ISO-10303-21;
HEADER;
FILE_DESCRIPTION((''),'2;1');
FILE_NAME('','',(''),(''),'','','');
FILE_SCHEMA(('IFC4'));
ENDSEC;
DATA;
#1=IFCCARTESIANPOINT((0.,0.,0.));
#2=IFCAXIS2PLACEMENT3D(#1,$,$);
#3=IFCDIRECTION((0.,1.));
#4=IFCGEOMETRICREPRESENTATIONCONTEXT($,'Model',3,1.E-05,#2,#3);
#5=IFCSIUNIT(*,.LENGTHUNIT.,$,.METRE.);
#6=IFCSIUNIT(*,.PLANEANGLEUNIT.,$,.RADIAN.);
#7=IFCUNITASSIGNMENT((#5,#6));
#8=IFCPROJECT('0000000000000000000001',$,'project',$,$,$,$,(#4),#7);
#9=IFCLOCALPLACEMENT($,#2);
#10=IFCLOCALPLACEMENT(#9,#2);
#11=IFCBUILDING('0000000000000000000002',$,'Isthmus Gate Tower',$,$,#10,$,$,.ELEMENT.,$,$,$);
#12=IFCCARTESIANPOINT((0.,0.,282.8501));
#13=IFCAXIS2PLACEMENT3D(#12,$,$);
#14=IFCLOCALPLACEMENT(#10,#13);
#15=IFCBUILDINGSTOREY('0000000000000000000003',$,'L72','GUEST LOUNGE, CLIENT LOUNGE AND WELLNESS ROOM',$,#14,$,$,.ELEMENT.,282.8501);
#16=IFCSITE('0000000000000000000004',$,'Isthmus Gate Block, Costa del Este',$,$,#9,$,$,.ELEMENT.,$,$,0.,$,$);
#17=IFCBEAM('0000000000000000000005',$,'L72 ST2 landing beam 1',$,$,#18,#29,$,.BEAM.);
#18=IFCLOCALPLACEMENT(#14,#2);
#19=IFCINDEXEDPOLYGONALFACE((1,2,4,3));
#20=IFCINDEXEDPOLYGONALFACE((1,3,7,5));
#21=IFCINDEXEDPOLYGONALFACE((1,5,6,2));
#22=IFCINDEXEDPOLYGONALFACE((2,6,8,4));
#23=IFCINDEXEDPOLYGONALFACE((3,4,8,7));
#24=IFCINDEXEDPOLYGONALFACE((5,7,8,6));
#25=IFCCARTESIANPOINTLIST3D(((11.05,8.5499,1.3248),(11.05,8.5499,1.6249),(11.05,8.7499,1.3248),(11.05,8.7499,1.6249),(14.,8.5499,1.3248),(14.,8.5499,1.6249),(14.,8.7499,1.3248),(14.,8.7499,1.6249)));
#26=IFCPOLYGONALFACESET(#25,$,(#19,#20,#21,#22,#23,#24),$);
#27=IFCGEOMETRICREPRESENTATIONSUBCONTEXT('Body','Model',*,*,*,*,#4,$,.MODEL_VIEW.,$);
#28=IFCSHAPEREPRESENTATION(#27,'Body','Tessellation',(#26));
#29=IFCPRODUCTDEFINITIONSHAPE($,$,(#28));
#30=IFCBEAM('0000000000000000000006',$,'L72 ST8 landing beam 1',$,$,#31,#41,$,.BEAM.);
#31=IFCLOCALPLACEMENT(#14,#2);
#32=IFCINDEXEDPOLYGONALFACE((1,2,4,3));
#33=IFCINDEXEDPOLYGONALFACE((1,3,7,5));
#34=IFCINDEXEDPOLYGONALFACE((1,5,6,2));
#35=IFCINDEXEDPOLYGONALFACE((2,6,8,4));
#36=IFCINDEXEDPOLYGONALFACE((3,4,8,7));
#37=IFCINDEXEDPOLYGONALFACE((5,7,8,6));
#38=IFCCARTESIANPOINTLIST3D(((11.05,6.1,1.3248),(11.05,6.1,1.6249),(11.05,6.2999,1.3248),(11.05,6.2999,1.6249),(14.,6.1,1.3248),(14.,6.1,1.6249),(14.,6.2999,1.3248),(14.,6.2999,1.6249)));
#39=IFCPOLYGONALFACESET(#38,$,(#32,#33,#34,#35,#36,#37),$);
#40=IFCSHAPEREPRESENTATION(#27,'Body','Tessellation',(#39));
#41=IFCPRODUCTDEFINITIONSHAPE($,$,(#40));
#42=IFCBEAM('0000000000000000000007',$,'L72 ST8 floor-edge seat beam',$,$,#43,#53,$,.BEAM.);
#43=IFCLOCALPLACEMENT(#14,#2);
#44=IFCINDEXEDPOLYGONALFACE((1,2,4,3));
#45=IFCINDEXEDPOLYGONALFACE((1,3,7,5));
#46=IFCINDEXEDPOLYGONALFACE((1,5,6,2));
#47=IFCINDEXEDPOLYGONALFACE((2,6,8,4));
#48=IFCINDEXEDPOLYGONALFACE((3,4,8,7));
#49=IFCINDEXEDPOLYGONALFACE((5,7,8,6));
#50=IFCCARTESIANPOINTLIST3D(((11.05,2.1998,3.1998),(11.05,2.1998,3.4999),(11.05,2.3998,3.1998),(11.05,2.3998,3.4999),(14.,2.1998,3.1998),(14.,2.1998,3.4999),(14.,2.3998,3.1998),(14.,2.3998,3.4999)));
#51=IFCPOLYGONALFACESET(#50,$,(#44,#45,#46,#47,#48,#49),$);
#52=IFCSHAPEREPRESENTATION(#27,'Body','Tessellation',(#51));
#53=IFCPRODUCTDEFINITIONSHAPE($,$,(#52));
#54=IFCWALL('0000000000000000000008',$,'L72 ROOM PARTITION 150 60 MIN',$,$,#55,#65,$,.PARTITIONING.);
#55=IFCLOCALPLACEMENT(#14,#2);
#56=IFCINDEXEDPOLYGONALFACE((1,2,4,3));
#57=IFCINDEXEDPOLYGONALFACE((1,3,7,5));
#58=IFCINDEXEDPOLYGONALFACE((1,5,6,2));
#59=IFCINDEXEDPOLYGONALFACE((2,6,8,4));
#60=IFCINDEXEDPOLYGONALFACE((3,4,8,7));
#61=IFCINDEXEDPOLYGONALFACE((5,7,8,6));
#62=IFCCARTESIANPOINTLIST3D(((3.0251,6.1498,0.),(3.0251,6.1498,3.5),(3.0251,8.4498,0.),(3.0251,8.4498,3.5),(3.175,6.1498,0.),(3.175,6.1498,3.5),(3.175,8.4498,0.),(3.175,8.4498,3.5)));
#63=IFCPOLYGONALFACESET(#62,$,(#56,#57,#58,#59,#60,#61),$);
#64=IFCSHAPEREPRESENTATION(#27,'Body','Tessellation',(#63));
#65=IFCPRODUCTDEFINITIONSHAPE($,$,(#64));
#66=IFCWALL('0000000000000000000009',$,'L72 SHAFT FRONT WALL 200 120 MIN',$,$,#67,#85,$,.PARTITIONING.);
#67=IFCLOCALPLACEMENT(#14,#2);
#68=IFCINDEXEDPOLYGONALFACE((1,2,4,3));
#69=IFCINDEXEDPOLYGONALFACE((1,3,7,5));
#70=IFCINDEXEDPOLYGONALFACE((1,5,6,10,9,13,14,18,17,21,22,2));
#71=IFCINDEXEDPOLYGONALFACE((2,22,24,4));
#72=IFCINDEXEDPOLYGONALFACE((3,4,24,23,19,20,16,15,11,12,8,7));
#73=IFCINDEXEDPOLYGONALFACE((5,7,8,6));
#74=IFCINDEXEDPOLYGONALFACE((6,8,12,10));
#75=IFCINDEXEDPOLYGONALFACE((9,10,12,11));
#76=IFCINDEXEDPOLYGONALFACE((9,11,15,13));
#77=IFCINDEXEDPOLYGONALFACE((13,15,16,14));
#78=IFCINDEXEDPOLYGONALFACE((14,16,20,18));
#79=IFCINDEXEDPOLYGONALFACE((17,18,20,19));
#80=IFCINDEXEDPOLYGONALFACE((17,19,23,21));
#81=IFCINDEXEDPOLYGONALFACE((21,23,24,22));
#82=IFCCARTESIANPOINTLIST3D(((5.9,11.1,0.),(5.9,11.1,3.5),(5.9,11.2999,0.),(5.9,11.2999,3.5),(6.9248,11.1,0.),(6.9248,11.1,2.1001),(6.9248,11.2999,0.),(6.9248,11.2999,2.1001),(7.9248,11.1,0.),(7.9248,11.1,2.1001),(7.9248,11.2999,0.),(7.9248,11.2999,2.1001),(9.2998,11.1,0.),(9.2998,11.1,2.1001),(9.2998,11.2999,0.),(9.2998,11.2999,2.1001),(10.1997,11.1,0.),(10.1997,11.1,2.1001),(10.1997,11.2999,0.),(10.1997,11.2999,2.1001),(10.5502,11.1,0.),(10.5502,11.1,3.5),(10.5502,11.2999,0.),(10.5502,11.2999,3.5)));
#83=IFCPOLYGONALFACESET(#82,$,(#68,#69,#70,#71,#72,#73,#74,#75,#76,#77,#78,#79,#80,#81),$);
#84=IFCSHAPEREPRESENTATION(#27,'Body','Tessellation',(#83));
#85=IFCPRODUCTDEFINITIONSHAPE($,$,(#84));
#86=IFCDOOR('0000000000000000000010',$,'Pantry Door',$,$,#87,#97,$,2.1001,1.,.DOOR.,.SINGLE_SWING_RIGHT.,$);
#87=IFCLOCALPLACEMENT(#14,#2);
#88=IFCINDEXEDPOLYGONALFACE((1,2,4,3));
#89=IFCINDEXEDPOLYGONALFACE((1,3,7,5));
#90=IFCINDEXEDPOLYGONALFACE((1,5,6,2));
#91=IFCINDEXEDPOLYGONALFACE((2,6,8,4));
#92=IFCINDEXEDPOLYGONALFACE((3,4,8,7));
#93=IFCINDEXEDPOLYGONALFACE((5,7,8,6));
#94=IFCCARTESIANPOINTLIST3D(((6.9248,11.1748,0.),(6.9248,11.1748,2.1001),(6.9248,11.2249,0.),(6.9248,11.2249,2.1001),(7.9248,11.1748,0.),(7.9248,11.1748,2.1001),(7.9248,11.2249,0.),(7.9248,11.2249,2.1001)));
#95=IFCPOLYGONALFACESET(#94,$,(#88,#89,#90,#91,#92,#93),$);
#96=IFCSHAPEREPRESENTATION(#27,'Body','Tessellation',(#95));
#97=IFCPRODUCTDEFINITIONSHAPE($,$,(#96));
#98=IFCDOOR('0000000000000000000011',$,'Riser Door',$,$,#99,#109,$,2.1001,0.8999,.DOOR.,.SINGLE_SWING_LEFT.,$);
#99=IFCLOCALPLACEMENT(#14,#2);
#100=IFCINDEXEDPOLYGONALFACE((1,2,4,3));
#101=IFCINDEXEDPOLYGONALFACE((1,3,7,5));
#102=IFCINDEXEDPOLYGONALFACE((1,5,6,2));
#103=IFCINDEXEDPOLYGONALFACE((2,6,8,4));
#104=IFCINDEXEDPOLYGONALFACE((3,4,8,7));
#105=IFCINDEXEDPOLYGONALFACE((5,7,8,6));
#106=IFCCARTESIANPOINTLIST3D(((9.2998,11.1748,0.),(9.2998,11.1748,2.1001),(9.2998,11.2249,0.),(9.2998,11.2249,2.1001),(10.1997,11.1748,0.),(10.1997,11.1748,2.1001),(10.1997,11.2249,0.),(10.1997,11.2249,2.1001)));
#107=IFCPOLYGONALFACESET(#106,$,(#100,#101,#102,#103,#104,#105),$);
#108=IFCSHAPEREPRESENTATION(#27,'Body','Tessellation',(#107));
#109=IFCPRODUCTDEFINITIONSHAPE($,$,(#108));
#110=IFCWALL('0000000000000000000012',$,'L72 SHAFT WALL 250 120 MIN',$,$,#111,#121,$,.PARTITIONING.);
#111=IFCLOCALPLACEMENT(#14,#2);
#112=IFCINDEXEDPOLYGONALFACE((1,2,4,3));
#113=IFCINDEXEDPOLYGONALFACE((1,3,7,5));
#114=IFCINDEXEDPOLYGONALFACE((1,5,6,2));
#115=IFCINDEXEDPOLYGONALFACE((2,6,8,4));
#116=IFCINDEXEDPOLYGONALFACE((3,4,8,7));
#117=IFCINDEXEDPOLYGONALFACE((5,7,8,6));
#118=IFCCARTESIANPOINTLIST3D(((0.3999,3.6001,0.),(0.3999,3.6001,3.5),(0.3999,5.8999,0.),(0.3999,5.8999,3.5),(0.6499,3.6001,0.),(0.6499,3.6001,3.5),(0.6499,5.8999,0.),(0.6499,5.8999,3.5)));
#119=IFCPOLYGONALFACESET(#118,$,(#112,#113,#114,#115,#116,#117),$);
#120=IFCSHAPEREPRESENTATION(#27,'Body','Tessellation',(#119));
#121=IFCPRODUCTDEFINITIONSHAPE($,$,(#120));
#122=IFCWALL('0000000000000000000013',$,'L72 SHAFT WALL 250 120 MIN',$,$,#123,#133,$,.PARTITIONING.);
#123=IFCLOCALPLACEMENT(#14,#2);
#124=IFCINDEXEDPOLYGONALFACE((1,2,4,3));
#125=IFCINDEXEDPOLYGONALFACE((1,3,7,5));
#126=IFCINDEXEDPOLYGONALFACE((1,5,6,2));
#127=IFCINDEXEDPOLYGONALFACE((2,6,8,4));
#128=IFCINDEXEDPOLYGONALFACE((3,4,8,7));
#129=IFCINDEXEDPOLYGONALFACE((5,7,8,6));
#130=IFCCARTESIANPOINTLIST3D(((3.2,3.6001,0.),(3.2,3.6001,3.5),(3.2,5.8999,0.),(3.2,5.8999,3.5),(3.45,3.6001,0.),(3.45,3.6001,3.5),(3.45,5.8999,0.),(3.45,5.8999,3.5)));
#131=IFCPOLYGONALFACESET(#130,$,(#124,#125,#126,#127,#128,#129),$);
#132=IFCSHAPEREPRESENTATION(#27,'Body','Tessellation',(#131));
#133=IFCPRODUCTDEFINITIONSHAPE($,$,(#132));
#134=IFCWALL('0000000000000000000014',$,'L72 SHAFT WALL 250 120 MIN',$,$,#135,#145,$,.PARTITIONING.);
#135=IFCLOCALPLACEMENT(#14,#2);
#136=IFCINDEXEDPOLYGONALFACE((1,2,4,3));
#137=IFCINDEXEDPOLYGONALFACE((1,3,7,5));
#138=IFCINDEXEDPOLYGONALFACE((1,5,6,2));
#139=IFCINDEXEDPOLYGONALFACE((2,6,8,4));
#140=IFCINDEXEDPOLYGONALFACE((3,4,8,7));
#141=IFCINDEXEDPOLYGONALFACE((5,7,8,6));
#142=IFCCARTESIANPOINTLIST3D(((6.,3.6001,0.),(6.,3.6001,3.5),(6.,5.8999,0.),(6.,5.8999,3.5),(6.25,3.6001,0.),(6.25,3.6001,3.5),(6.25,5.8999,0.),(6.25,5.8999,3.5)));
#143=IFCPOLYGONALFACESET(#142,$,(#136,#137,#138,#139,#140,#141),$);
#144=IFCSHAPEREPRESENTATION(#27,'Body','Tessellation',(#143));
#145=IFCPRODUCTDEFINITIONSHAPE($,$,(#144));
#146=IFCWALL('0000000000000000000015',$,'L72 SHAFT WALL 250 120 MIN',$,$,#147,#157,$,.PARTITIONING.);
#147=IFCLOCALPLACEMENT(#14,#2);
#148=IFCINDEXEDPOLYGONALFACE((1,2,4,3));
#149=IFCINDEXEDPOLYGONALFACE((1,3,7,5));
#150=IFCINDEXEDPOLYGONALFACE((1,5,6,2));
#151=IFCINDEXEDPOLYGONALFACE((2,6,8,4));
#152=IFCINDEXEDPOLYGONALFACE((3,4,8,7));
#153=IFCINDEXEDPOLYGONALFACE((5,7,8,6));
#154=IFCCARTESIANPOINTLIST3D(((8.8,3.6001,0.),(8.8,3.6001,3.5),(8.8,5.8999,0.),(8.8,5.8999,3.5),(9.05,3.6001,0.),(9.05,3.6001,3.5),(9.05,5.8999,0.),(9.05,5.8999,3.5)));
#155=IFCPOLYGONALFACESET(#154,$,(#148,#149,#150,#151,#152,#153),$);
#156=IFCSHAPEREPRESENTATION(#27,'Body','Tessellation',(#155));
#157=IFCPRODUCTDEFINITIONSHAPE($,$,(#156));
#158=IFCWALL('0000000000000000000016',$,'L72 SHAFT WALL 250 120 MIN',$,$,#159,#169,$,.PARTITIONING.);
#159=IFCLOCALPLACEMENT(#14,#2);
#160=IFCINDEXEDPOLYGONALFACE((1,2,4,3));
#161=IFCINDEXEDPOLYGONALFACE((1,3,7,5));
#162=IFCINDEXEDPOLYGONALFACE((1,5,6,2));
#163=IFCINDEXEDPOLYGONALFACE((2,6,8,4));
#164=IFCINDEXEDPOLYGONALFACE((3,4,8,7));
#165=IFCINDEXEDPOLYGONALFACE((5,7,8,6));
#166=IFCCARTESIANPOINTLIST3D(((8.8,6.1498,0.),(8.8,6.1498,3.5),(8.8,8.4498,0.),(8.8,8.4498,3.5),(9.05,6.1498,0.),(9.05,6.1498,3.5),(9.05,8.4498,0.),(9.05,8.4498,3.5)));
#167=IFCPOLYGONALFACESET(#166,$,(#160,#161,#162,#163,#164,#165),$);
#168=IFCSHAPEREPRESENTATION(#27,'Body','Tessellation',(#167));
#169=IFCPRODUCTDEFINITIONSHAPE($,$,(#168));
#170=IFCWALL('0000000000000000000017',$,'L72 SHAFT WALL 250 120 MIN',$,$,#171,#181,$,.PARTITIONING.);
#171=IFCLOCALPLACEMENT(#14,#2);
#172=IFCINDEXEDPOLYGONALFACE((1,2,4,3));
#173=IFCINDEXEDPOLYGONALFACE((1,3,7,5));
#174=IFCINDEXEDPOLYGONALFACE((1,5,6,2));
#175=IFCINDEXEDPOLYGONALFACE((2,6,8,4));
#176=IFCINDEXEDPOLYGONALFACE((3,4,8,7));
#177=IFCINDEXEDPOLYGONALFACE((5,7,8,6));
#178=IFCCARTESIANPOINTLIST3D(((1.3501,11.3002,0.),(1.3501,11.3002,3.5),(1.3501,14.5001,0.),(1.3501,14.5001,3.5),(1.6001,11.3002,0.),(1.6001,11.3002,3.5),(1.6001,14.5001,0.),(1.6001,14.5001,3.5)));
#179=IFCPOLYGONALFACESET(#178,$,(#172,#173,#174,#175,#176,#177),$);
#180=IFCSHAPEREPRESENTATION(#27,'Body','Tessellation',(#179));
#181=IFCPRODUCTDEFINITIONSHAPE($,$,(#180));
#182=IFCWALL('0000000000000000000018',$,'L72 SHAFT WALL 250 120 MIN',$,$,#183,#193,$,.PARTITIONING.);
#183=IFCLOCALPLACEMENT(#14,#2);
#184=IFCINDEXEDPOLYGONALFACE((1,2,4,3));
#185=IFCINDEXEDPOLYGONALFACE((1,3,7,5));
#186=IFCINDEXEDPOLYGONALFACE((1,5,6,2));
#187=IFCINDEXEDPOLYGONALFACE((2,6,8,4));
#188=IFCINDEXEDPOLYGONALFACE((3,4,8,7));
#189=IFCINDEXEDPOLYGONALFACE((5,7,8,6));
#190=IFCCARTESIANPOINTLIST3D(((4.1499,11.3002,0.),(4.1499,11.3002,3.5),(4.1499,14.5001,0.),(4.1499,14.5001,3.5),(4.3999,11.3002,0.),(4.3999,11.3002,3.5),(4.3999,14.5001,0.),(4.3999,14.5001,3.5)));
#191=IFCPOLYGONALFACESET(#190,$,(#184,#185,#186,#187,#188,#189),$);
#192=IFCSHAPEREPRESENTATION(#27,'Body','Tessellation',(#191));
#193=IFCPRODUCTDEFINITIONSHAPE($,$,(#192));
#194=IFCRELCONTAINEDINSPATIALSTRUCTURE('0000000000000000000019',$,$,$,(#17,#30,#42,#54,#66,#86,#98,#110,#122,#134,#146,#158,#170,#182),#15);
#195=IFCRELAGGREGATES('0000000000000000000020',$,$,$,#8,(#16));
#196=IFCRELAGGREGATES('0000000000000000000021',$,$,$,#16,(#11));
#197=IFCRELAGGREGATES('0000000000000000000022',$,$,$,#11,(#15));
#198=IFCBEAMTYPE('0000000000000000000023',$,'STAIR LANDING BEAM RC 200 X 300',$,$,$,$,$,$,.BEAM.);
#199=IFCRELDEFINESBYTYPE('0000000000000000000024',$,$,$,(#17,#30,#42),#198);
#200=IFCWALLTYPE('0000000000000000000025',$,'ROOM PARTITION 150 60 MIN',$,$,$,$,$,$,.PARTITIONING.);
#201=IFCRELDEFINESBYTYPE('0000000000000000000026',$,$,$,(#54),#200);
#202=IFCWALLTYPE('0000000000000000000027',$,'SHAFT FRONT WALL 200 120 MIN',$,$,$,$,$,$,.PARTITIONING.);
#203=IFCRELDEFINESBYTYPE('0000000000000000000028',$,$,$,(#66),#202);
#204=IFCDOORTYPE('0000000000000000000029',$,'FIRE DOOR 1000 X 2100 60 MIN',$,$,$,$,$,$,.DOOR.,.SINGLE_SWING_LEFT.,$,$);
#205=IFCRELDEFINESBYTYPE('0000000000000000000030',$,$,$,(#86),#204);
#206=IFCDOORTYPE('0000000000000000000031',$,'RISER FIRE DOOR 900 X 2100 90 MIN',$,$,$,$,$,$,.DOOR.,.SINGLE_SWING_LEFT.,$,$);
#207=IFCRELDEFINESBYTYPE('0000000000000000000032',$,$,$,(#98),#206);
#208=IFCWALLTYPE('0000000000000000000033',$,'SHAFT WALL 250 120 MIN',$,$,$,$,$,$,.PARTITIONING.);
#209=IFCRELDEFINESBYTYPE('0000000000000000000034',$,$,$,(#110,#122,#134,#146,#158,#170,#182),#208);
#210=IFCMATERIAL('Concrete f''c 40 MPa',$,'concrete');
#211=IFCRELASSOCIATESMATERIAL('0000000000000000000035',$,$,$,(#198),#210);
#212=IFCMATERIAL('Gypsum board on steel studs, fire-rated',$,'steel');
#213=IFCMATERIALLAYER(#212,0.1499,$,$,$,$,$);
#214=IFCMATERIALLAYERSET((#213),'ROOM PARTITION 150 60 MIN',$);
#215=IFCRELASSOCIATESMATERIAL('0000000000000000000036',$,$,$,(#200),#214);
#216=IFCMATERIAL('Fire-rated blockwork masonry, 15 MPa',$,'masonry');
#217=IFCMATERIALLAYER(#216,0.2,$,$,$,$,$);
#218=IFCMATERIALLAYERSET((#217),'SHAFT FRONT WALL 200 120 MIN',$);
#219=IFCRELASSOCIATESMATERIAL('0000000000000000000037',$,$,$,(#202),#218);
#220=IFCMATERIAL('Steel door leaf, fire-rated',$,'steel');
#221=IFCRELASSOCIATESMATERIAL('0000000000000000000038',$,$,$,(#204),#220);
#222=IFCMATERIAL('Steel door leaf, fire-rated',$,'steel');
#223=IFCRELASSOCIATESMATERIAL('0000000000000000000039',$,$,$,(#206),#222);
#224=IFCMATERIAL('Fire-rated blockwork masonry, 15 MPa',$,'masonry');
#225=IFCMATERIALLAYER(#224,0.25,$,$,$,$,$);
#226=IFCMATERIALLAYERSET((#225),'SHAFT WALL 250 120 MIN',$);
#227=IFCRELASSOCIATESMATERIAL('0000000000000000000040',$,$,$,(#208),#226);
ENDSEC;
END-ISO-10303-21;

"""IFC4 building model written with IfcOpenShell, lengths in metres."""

from ifc_helpers import new_model, si_unit, direction, frame, frame_2d, origin, origin_2d, place, context, subcontext, project, spatial, rectangle, extrude, material, layer, layer_set, material_profile, profile_set, type_object, element, fill, save


model = new_model("IFC4")

# Units and contexts
model_context = context("Model", 3, precision=1e-05, world=origin(), true_north=direction((0.0, 1.0)))
body_context = subcontext(model_context, "Body", "Model", "MODEL_VIEW")
ifc_project = project(units=[si_unit("LENGTHUNIT", "METRE"), si_unit("PLANEANGLEUNIT", "RADIAN")], contexts=[model_context])

# Site, building, storey
site_placement = place(None, origin())
site = spatial("IfcSite", under=ifc_project, at=site_placement, Name="Isthmus Gate Block, Costa del Este", CompositionType="ELEMENT", RefElevation=0.0)
building_placement = place(site_placement, origin())
building = spatial("IfcBuilding", under=site, at=building_placement, Name="Isthmus Gate Tower", CompositionType="ELEMENT")
storey_placement = place(building_placement, frame((0.0, 0.0, 282.8501)))
storey = spatial("IfcBuildingStorey", under=building, at=storey_placement, Name="L72", Description="GUEST LOUNGE, CLIENT LOUNGE AND WELLNESS ROOM", CompositionType="ELEMENT", Elevation=282.8501)

# Beams
ifc_material_1 = material(Name="Concrete f'c 40 MPa", Category="concrete")
ifc_material_profile = material_profile(ifc_material_1, rectangle(XDim=0.2, YDim=0.3, at=origin_2d()), Name="STAIR LANDING BEAM RC 200 X 300")
ifc_profile_set = profile_set([ifc_material_profile], Name="Concrete f'c 40 MPa")
beam_type = type_object("IfcBeamType", Name="STAIR LANDING BEAM RC 200 X 300", PredefinedType="BEAM", material=ifc_profile_set)
for number, where, z_axis, x_axis, name in (
    (1, (11.05, 8.6499, 1.4749), (1.0, 0.0, 0.0), (0.0, 1.0, 0.0), "L72 ST2 landing beam 1"),
    (2, (11.05, 6.2, 1.4749), (1.0, 0.0, 0.0), (0.0, 1.0, 0.0), "L72 ST8 landing beam 1"),
    (3, (11.05, 2.2998, 3.3499), (1.0, 0.0, 0.0), (0.0, 1.0, 0.0), "L72 ST8 floor-edge seat beam"),
):
    element("IfcBeam", number, at=place(storey_placement, frame(where, z_axis=z_axis, x_axis=x_axis)), inside=storey, type_object=beam_type, Name=name, PredefinedType="BEAM", context=body_context, shape_type="SweptSolid", body=[
        extrude(rectangle(XDim=0.2, YDim=0.3, at=origin_2d()), origin(), (0.0, 0.0, 1.0), 2.95),
    ])

# Wall
ifc_material_2 = material(Name="Gypsum board on steel studs, fire-rated", Category="steel")
ifc_layer_1 = layer(ifc_material_2, 0.1499)
ifc_layer_set_1 = layer_set([ifc_layer_1], Name="ROOM PARTITION 150 60 MIN")
wall_type_1 = type_object("IfcWallType", Name="ROOM PARTITION 150 60 MIN", PredefinedType="PARTITIONING", material=ifc_layer_set_1)
wall_1_placement = place(storey_placement, frame((3.1001, 6.1499, 0.0), z_axis=(0.0, 0.0, 1.0), x_axis=(0.0, 1.0, 0.0)))
element("IfcWall", 4, at=wall_1_placement, inside=storey, type_object=wall_type_1, Name="L72 ROOM PARTITION 150 60 MIN", PredefinedType="PARTITIONING", context=body_context, shape_type="SweptSolid", body=[
    extrude(rectangle(XDim=2.3, YDim=0.1499, at=frame_2d((1.1499, 0.0))), origin(), (0.0, 0.0, 1.0), 3.5),
])

# Wall, openings, doors
ifc_material_3 = material(Name="Fire-rated blockwork masonry, 15 MPa", Category="masonry")
ifc_layer_2 = layer(ifc_material_3, 0.2)
ifc_layer_set_2 = layer_set([ifc_layer_2], Name="SHAFT FRONT WALL 200 120 MIN")
wall_type_2 = type_object("IfcWallType", Name="SHAFT FRONT WALL 200 120 MIN", PredefinedType="PARTITIONING", material=ifc_layer_set_2)
wall_2_placement = place(storey_placement, frame((5.8999, 11.2, 0.0), z_axis=(0.0, 0.0, 1.0), x_axis=(1.0, 0.0, 0.0)))
wall_2 = element("IfcWall", 5, at=wall_2_placement, inside=storey, type_object=wall_type_2, Name="L72 SHAFT FRONT WALL 200 120 MIN", PredefinedType="PARTITIONING", context=body_context, shape_type="SweptSolid", body=[
    extrude(rectangle(XDim=4.6501, YDim=0.2, at=frame_2d((2.3252, 0.0))), origin(), (0.0, 0.0, 1.0), 3.5),
])
opening_1_placement = place(wall_2_placement, frame((1.0249, 0.0, 0.0)))
opening_1 = element("IfcOpeningElement", 6, at=opening_1_placement, cuts=wall_2, PredefinedType="OPENING", context=body_context, shape_type="SweptSolid", body=[
    extrude(rectangle(XDim=1.0, YDim=2.1001, at=frame_2d((0.5, 1.05))), frame((0.0, 0.1099, 0.0), z_axis=(0.0, -1.0, 0.0), x_axis=(1.0, 0.0, 0.0)), (0.0, 0.0, 1.0), 0.22),
])
opening_2_placement = place(wall_2_placement, frame((3.3999, 0.0, 0.0)))
opening_2 = element("IfcOpeningElement", 7, at=opening_2_placement, cuts=wall_2, PredefinedType="OPENING", context=body_context, shape_type="SweptSolid", body=[
    extrude(rectangle(XDim=0.8999, YDim=2.1001, at=frame_2d((0.45, 1.05))), frame((0.0, 0.1099, 0.0), z_axis=(0.0, -1.0, 0.0), x_axis=(1.0, 0.0, 0.0)), (0.0, 0.0, 1.0), 0.22),
])
ifc_material_4 = material(Name="Steel door leaf, fire-rated", Category="steel")
door_type_1 = type_object("IfcDoorType", Name="FIRE DOOR 1000 X 2100 60 MIN", OperationType="SINGLE_SWING_LEFT", PredefinedType="DOOR", material=ifc_material_4)
door_1_placement = place(opening_1_placement, origin())
door_1 = element("IfcDoor", 8, at=door_1_placement, inside=storey, type_object=door_type_1, Name="Pantry Door", OperationType="SINGLE_SWING_RIGHT", OverallHeight=2.1001, OverallWidth=1.0, PredefinedType="DOOR", context=body_context, shape_type="SweptSolid", body=[
    extrude(rectangle(XDim=1.0, YDim=2.1001, at=frame_2d((0.5, 1.05))), frame((0.0, 0.0249, 0.0), z_axis=(0.0, -1.0, 0.0), x_axis=(1.0, 0.0, 0.0)), (0.0, 0.0, 1.0), 0.05),
])
fill(opening_1, door_1)
ifc_material_5 = material(Name="Steel door leaf, fire-rated", Category="steel")
door_type_2 = type_object("IfcDoorType", Name="RISER FIRE DOOR 900 X 2100 90 MIN", OperationType="SINGLE_SWING_LEFT", PredefinedType="DOOR", material=ifc_material_5)
door_2_placement = place(opening_2_placement, origin())
door_2 = element("IfcDoor", 9, at=door_2_placement, inside=storey, type_object=door_type_2, Name="Riser Door", OperationType="SINGLE_SWING_LEFT", OverallHeight=2.1001, OverallWidth=0.8999, PredefinedType="DOOR", context=body_context, shape_type="SweptSolid", body=[
    extrude(rectangle(XDim=0.8999, YDim=2.1001, at=frame_2d((0.45, 1.05))), frame((0.0, 0.0249, 0.0), z_axis=(0.0, -1.0, 0.0), x_axis=(1.0, 0.0, 0.0)), (0.0, 0.0, 1.0), 0.05),
])
fill(opening_2, door_2)

# Walls
ifc_material_6 = material(Name="Fire-rated blockwork masonry, 15 MPa", Category="masonry")
ifc_layer_3 = layer(ifc_material_6, 0.25)
ifc_layer_set_3 = layer_set([ifc_layer_3], Name="SHAFT WALL 250 120 MIN")
wall_type_3 = type_object("IfcWallType", Name="SHAFT WALL 250 120 MIN", PredefinedType="PARTITIONING", material=ifc_layer_set_3)
for number, where, z_axis, x_axis, name in (
    (10, (0.5249, 3.6001, 0.0), (0.0, 0.0, 1.0), (0.0, 1.0, 0.0), "L72 SHAFT WALL 250 120 MIN"),
    (11, (3.325, 3.6001, 0.0), (0.0, 0.0, 1.0), (0.0, 1.0, 0.0), "L72 SHAFT WALL 250 120 MIN"),
    (12, (6.125, 3.6001, 0.0), (0.0, 0.0, 1.0), (0.0, 1.0, 0.0), "L72 SHAFT WALL 250 120 MIN"),
    (13, (8.925, 3.6001, 0.0), (0.0, 0.0, 1.0), (0.0, 1.0, 0.0), "L72 SHAFT WALL 250 120 MIN"),
):
    element("IfcWall", number, at=place(storey_placement, frame(where, z_axis=z_axis, x_axis=x_axis)), inside=storey, type_object=wall_type_3, Name=name, PredefinedType="PARTITIONING", context=body_context, shape_type="SweptSolid", body=[
        extrude(rectangle(XDim=2.2998, YDim=0.25, at=frame_2d((1.1499, 0.0))), origin(), (0.0, 0.0, 1.0), 3.5),
    ])
wall_3_placement = place(storey_placement, frame((8.925, 6.1499, 0.0), z_axis=(0.0, 0.0, 1.0), x_axis=(0.0, 1.0, 0.0)))
element("IfcWall", 14, at=wall_3_placement, inside=storey, type_object=wall_type_3, Name="L72 SHAFT WALL 250 120 MIN", PredefinedType="PARTITIONING", context=body_context, shape_type="SweptSolid", body=[
    extrude(rectangle(XDim=2.3, YDim=0.25, at=frame_2d((1.1499, 0.0))), origin(), (0.0, 0.0, 1.0), 3.5),
])
for number, where, z_axis, x_axis, name in (
    (15, (1.4751, 11.3, 0.0), (0.0, 0.0, 1.0), (0.0, 1.0, 0.0), "L72 SHAFT WALL 250 120 MIN"),
    (16, (4.2749, 11.3, 0.0), (0.0, 0.0, 1.0), (0.0, 1.0, 0.0), "L72 SHAFT WALL 250 120 MIN"),
):
    element("IfcWall", number, at=place(storey_placement, frame(where, z_axis=z_axis, x_axis=x_axis)), inside=storey, type_object=wall_type_3, Name=name, PredefinedType="PARTITIONING", context=body_context, shape_type="SweptSolid", body=[
        extrude(rectangle(XDim=3.2, YDim=0.25, at=frame_2d((1.6001, 0.0))), origin(), (0.0, 0.0, 1.0), 3.5),
    ])

save(model, "model.ifc")
